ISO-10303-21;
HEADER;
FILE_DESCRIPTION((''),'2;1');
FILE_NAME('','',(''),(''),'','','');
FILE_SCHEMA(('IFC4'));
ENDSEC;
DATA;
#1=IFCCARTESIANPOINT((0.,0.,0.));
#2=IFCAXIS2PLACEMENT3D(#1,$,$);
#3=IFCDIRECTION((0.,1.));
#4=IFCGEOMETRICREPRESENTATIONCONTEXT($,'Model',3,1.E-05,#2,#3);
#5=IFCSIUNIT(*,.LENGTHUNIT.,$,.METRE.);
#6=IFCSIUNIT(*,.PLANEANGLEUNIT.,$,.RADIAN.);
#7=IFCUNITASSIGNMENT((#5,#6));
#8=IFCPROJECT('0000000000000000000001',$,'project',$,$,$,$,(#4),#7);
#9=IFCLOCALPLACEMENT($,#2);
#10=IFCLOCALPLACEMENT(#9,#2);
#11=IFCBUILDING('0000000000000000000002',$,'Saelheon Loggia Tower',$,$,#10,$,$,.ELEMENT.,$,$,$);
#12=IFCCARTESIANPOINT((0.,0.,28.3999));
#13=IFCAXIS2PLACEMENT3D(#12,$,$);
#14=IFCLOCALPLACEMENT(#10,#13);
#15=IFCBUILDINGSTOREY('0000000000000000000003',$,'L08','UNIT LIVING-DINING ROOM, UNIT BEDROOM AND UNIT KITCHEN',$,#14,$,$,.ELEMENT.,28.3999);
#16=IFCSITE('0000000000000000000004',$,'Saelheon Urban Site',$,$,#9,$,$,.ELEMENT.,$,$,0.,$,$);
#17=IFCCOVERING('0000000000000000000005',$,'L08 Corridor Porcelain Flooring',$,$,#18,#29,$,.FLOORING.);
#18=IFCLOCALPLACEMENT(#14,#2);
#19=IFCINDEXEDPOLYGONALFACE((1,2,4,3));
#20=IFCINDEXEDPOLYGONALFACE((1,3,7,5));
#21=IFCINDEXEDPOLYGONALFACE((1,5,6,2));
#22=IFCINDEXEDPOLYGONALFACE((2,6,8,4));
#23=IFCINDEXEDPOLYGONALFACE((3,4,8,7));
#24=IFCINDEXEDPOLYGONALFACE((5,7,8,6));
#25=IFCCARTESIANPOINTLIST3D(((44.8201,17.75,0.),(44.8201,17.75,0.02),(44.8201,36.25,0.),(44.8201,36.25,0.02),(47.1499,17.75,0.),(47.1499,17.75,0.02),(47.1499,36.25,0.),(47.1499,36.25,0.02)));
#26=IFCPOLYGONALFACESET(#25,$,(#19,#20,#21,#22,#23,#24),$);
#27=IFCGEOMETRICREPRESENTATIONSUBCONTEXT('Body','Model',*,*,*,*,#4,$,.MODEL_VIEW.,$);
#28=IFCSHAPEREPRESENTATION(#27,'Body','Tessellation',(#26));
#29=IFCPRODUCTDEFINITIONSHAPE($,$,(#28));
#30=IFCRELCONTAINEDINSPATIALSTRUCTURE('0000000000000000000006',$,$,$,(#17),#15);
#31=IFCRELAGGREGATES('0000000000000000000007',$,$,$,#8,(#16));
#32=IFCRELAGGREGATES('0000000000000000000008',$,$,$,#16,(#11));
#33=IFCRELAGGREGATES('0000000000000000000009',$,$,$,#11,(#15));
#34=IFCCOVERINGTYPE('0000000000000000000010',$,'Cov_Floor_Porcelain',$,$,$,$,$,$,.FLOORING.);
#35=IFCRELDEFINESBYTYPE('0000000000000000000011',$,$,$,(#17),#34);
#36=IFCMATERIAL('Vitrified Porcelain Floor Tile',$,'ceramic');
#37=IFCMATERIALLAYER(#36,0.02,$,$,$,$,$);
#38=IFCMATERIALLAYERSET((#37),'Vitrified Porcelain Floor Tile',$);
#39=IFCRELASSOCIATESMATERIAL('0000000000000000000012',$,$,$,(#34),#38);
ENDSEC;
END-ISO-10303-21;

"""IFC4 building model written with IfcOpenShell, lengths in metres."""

from ifc_helpers import new_model, si_unit, direction, frame, origin, place, context, subcontext, project, spatial, polyline, outline, extrude, material, layer, layer_set, type_object, element, save


model = new_model("IFC4")

# Units and contexts
model_context = context("Model", 3, precision=1e-05, world=origin(), true_north=direction((0.0, 1.0)))
body_context = subcontext(model_context, "Body", "Model", "MODEL_VIEW")
ifc_project = project(units=[si_unit("LENGTHUNIT", "METRE"), si_unit("PLANEANGLEUNIT", "RADIAN")], contexts=[model_context])

# Site, building, storey
site_placement = place(None, origin())
site = spatial("IfcSite", under=ifc_project, at=site_placement, Name="Saelheon Urban Site", CompositionType="ELEMENT", RefElevation=0.0)
building_placement = place(site_placement, origin())
building = spatial("IfcBuilding", under=site, at=building_placement, Name="Saelheon Loggia Tower", CompositionType="ELEMENT")
storey_placement = place(building_placement, frame((0.0, 0.0, 28.3999)))
storey = spatial("IfcBuildingStorey", under=building, at=storey_placement, Name="L08", Description="UNIT LIVING-DINING ROOM, UNIT BEDROOM AND UNIT KITCHEN", CompositionType="ELEMENT", Elevation=28.3999)

# Covering
ifc_material_1 = material(Name="Vitrified Porcelain Floor Tile", Category="ceramic")
ifc_layer_1 = layer(ifc_material_1, 0.02)
ifc_layer_set_1 = layer_set([ifc_layer_1], Name="Vitrified Porcelain Floor Tile")
covering_type_1 = type_object("IfcCoveringType", Name="Cov_Floor_Porcelain", PredefinedType="FLOORING", material=ifc_layer_set_1)
covering_1_placement = place(storey_placement, origin())
element("IfcCovering", 1, at=covering_1_placement, inside=storey, type_object=covering_type_1, Name="L08 Corridor Porcelain Flooring", PredefinedType="FLOORING", context=body_context, shape_type="SweptSolid", body=[
    extrude(outline(polyline([(44.8201, 17.75), (47.1499, 17.75), (47.1499, 36.25), (44.8201, 36.25), (44.8201, 17.75)])), origin(), (0.0, 0.0, 1.0), 0.02),
])

save(model, "model.ifc")
